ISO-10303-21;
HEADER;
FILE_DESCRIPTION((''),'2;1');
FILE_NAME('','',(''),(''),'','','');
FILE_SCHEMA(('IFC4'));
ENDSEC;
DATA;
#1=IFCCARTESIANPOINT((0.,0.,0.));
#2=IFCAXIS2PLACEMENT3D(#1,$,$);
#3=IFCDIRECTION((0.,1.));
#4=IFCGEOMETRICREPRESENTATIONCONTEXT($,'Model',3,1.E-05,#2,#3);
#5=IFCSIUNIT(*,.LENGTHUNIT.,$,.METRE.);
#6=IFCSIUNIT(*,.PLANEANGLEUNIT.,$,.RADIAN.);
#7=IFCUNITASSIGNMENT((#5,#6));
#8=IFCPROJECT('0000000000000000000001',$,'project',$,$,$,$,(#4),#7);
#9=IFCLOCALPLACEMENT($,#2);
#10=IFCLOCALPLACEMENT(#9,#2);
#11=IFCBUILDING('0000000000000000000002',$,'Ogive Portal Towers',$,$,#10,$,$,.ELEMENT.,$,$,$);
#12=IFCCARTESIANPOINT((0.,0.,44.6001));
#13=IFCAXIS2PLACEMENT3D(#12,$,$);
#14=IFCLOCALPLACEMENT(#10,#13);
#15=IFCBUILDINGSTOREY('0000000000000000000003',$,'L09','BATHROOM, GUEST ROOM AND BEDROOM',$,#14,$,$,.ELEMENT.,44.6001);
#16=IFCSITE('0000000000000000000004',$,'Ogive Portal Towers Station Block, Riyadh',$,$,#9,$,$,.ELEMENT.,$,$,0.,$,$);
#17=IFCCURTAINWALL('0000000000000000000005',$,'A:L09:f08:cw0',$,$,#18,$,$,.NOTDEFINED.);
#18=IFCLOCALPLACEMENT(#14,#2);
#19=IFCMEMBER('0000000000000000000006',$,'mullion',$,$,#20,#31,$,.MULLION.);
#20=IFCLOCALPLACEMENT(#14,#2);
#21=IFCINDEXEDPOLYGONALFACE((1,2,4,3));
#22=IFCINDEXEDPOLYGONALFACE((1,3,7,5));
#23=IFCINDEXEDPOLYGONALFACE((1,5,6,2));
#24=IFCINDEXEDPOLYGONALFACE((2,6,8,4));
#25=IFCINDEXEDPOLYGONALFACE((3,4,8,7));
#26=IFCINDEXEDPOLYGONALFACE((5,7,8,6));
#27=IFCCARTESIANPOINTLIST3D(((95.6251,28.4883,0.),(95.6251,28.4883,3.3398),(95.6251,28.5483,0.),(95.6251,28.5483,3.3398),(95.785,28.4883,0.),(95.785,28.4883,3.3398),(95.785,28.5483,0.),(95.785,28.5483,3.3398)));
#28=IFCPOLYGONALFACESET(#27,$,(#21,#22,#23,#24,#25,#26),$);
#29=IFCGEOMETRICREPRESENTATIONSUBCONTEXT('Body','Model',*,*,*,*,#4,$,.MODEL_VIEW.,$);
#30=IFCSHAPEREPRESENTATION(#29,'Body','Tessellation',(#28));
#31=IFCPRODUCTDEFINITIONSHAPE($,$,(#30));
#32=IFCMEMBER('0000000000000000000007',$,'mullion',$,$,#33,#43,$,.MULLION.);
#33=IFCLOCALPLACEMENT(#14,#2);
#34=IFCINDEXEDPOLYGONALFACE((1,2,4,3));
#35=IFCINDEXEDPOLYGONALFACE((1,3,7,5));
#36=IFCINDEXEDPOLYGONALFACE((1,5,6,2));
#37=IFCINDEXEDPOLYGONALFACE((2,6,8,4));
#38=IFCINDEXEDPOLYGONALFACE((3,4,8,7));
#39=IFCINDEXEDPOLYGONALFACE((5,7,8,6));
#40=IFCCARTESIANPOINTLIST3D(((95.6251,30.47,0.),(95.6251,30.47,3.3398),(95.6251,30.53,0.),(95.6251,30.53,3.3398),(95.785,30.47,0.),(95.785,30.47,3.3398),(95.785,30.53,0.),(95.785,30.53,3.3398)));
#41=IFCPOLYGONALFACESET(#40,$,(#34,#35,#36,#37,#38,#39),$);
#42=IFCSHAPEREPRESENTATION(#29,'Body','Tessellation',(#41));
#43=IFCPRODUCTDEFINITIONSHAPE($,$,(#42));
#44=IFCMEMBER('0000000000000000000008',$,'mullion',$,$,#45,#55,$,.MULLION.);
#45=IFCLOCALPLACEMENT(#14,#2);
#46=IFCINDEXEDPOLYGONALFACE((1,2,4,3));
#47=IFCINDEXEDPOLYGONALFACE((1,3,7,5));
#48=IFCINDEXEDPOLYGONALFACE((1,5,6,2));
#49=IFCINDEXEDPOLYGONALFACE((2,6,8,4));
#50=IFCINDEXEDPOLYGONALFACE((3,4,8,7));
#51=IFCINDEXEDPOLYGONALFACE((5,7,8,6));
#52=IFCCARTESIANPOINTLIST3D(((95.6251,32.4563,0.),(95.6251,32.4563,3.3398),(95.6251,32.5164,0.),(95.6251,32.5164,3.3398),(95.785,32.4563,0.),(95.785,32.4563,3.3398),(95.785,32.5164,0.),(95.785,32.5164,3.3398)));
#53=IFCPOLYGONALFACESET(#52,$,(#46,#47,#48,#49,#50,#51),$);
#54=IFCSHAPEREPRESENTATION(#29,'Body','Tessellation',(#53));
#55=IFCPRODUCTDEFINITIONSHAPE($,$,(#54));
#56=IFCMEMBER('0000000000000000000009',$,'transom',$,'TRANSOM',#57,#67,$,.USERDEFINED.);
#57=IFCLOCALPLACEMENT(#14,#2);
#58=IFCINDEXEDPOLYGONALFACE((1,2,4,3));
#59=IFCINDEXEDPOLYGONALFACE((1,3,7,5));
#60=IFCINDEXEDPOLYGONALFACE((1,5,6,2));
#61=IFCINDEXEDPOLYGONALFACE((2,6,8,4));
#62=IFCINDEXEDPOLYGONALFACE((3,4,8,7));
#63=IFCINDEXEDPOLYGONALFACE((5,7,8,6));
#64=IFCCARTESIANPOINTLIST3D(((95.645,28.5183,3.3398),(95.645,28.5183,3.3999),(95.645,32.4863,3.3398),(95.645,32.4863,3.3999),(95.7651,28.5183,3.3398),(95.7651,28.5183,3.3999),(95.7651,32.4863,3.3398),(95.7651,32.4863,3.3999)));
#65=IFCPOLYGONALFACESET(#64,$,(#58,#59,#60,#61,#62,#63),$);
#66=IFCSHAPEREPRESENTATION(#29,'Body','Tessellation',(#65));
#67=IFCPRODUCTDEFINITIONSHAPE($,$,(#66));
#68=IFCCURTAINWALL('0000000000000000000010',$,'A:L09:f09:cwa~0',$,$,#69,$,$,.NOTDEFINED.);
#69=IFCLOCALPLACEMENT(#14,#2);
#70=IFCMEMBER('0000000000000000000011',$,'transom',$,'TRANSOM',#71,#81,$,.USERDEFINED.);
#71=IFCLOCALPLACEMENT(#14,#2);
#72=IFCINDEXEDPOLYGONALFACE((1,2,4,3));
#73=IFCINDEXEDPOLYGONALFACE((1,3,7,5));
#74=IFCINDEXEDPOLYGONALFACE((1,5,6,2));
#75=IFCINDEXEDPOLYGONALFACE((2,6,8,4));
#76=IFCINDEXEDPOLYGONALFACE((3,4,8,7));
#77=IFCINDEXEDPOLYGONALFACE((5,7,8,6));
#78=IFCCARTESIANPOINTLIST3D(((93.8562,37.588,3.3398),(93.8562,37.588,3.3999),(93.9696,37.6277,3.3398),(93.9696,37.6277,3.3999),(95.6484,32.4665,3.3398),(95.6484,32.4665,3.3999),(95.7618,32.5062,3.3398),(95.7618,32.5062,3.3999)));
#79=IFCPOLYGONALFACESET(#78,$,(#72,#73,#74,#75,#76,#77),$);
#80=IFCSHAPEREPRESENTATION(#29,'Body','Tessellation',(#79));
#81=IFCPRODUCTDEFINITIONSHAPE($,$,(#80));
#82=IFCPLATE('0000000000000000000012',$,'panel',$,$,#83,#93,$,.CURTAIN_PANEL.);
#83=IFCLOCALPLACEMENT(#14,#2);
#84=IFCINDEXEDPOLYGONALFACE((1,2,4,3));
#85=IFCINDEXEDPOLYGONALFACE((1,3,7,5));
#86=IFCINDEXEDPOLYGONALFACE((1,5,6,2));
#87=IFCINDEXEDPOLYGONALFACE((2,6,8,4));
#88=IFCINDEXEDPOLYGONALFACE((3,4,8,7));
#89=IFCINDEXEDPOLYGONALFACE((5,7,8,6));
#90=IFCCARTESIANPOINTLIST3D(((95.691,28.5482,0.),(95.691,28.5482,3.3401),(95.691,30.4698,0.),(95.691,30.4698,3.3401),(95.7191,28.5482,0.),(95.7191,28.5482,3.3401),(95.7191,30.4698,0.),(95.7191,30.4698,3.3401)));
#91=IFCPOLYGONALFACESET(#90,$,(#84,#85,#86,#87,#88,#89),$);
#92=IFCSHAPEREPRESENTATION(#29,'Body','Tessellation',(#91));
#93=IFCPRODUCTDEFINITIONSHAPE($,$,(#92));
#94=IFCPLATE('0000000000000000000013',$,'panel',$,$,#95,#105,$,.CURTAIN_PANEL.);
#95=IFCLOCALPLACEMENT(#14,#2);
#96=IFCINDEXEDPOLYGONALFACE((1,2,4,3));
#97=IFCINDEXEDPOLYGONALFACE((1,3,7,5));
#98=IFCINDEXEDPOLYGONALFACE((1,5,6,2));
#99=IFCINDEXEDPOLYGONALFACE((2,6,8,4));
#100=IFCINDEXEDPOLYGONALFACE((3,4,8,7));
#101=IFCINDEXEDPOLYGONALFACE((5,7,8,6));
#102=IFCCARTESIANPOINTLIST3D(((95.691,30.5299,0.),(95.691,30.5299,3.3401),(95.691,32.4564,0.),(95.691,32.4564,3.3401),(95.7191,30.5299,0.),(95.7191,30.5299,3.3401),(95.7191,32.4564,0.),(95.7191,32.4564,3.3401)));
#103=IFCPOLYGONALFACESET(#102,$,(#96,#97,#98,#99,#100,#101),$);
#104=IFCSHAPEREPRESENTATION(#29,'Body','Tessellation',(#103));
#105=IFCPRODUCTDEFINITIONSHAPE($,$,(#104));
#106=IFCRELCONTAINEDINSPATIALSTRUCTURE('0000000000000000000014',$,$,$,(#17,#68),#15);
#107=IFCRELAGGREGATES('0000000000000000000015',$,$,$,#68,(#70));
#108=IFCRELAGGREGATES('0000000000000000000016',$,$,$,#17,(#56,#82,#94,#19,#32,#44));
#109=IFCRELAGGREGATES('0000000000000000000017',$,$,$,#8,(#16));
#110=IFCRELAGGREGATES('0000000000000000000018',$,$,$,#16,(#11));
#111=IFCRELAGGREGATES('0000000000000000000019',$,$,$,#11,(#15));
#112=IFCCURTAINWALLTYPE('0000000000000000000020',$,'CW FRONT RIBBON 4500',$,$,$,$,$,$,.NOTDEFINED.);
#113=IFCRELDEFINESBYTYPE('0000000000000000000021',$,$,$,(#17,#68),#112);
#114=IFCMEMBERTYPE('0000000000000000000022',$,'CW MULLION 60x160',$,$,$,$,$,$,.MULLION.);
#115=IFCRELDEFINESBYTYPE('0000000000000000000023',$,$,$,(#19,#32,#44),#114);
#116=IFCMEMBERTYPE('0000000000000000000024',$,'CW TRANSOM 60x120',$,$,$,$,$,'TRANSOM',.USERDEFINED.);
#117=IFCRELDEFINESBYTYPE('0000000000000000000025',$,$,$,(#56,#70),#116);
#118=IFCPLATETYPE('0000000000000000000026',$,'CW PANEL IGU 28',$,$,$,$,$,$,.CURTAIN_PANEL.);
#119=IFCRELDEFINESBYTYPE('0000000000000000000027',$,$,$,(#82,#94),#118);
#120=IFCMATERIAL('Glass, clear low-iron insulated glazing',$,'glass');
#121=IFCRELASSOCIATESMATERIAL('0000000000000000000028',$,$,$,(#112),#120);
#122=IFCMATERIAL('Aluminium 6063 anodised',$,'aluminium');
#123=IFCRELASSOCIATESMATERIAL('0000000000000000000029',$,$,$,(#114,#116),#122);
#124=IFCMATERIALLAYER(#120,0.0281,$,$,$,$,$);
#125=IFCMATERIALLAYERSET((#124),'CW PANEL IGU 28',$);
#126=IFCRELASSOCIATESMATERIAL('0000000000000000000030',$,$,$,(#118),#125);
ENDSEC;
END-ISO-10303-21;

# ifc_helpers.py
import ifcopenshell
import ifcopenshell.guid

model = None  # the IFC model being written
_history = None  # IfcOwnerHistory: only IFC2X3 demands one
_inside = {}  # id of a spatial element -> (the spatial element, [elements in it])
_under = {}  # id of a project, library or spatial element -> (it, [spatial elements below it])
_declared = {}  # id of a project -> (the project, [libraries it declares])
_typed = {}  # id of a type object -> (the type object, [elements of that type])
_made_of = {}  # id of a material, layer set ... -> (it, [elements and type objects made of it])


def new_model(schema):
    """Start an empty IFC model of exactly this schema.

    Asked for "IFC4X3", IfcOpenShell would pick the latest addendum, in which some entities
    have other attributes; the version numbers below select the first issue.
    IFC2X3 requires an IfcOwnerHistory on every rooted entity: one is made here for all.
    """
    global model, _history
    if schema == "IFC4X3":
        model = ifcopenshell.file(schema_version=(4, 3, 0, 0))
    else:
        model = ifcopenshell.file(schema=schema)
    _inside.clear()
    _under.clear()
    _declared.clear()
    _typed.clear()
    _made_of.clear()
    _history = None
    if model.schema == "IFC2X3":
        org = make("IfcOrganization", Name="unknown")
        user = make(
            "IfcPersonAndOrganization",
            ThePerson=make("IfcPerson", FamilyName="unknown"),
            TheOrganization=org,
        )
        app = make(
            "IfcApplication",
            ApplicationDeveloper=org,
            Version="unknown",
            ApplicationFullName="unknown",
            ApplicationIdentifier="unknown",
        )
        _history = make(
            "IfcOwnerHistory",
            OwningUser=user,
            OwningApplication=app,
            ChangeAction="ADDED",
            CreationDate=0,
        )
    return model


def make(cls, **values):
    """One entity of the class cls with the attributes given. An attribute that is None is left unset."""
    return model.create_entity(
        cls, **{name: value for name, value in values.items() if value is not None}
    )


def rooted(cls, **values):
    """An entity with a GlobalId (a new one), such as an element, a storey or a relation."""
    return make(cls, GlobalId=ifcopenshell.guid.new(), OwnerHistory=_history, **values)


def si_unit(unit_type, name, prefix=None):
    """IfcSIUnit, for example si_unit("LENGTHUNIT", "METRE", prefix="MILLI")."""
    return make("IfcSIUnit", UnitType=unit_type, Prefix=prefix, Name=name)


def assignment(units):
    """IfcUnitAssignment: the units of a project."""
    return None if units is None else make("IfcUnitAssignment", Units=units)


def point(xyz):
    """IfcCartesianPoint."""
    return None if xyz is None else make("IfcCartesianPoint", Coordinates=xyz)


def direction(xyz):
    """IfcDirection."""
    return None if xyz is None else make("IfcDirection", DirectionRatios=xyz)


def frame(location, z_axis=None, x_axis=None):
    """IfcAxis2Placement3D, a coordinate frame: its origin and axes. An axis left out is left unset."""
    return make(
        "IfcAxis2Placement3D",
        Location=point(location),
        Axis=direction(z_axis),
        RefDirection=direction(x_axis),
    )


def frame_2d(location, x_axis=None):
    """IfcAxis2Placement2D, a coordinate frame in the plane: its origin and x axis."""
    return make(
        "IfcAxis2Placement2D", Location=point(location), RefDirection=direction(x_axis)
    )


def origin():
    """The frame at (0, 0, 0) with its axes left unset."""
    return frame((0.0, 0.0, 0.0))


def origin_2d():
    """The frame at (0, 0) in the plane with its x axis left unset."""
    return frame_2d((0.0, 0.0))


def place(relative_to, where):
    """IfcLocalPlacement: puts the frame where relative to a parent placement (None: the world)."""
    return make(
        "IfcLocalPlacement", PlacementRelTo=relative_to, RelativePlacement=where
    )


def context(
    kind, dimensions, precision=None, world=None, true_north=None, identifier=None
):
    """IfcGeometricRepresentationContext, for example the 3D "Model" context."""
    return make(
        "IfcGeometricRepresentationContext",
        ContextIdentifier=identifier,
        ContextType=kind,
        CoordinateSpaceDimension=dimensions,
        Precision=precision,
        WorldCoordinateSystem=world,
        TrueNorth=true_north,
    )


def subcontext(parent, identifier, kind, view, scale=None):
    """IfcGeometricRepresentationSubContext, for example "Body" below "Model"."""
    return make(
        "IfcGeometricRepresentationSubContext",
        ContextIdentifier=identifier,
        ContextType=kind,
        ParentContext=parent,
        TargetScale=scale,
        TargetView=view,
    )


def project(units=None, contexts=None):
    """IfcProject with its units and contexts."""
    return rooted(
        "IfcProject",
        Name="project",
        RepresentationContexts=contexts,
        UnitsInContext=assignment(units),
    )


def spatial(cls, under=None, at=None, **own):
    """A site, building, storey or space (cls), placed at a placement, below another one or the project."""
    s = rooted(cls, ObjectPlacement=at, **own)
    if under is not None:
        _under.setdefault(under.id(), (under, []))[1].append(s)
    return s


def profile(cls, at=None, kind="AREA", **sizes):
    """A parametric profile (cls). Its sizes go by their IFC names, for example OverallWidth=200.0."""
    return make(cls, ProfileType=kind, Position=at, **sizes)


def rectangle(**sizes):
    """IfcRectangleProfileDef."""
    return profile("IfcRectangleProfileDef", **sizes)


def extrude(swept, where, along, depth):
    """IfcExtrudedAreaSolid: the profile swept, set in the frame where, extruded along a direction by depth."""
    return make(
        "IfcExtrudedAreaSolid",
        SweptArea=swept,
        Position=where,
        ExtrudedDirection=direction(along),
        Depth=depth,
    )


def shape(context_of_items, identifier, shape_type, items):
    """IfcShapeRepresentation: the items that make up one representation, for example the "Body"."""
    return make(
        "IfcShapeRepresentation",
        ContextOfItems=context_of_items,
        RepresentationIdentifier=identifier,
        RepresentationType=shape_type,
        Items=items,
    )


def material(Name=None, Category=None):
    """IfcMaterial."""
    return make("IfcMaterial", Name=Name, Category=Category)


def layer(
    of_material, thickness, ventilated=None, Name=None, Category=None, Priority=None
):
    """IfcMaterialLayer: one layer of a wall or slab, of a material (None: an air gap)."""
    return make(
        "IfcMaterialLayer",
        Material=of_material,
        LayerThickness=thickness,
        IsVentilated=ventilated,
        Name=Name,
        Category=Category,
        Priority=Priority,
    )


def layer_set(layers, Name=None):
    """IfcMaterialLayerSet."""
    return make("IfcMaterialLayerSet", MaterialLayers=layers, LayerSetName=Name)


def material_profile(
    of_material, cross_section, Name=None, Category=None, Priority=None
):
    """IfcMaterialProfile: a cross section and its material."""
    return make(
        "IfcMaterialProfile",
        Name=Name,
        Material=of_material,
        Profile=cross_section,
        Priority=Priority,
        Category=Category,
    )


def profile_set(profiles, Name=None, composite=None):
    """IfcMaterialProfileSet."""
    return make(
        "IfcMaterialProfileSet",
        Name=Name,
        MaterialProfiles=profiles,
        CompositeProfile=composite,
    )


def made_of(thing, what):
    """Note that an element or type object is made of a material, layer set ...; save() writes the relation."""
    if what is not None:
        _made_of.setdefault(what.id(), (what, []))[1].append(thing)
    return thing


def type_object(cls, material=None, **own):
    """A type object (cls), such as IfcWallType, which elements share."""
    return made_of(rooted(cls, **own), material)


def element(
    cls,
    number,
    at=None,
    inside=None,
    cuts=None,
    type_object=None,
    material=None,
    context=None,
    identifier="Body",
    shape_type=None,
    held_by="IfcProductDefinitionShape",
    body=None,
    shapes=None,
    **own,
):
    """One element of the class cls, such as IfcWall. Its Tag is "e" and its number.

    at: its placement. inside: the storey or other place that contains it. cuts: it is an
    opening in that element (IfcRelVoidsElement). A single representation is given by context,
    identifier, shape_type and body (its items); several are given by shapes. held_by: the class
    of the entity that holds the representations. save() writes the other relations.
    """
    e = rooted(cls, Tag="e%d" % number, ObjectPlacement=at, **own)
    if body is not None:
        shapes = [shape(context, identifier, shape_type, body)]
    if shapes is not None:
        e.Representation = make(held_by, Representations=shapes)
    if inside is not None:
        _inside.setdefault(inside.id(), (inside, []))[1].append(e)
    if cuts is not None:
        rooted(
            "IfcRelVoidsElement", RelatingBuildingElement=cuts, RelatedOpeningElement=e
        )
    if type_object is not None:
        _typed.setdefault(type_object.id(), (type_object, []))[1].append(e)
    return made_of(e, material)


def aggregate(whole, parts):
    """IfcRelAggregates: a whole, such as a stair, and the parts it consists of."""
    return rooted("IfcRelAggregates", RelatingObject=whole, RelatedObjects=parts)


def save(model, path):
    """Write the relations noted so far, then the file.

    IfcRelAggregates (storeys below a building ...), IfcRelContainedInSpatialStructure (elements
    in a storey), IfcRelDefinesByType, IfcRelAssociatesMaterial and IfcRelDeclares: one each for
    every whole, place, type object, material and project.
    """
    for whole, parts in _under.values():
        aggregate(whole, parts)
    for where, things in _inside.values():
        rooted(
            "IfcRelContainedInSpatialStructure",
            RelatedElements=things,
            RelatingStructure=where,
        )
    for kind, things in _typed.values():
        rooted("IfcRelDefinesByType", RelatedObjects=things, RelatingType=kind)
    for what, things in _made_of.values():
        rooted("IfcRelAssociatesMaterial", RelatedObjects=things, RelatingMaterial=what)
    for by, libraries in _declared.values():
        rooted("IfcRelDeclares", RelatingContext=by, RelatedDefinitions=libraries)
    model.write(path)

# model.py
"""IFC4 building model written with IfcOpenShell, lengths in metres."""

from ifc_helpers import new_model, si_unit, direction, frame, origin, origin_2d, place, context, subcontext, project, spatial, rectangle, extrude, material, layer, layer_set, material_profile, profile_set, type_object, element, aggregate, save


model = new_model("IFC4")

# Units and contexts
model_context = context("Model", 3, precision=1e-05, world=origin(), true_north=direction((0.0, 1.0)))
body_context = subcontext(model_context, "Body", "Model", "MODEL_VIEW")
ifc_project = project(units=[si_unit("LENGTHUNIT", "METRE"), si_unit("PLANEANGLEUNIT", "RADIAN")], contexts=[model_context])

# Site, building, storey
site_placement = place(None, origin())
site = spatial("IfcSite", under=ifc_project, at=site_placement, Name="Ogive Portal Towers Station Block, Riyadh", CompositionType="ELEMENT", RefElevation=0.0)
building_placement = place(site_placement, origin())
building = spatial("IfcBuilding", under=site, at=building_placement, Name="Ogive Portal Towers", CompositionType="ELEMENT")
storey_placement = place(building_placement, frame((0.0, 0.0, 44.6001)))
storey = spatial("IfcBuildingStorey", under=building, at=storey_placement, Name="L09", Description="BATHROOM, GUEST ROOM AND BEDROOM", CompositionType="ELEMENT", Elevation=44.6001)

# Curtain wall, members
ifc_material_1 = material(Name="Glass, clear low-iron insulated glazing", Category="glass")
curtain_wall_type = type_object("IfcCurtainWallType", Name="CW FRONT RIBBON 4500", PredefinedType="NOTDEFINED", material=ifc_material_1)
curtain_wall_1_placement = place(storey_placement, origin())
curtain_wall_1 = element("IfcCurtainWall", 1, at=curtain_wall_1_placement, inside=storey, type_object=curtain_wall_type, Name="A:L09:f08:cw0", PredefinedType="NOTDEFINED")
ifc_material_2 = material(Name="Aluminium 6063 anodised", Category="aluminium")
ifc_material_profile_1 = material_profile(ifc_material_2, rectangle(XDim=0.1599, YDim=0.0601, at=origin_2d()), Name="AL 60x160")
ifc_profile_set_1 = profile_set([ifc_material_profile_1], Name="Aluminium 6063 anodised")
member_type_1 = type_object("IfcMemberType", Name="CW MULLION 60x160", PredefinedType="MULLION", material=ifc_profile_set_1)
member_1_placement = place(storey_placement, frame((95.7051, 28.5183, 0.0), z_axis=(0.0, 0.0, 1.0), x_axis=(-1.0, 0.0, 0.0)))
member_1 = element("IfcMember", 2, at=member_1_placement, type_object=member_type_1, Name="mullion", PredefinedType="MULLION", context=body_context, shape_type="SweptSolid", body=[
    extrude(rectangle(XDim=0.1599, YDim=0.0601, at=origin_2d()), origin(), (0.0, 0.0, 1.0), 3.3398),
])
member_2_placement = place(storey_placement, frame((95.7051, 30.5, 0.0), z_axis=(0.0, 0.0, 1.0), x_axis=(-1.0, 0.0, 0.0)))
member_2 = element("IfcMember", 3, at=member_2_placement, type_object=member_type_1, Name="mullion", PredefinedType="MULLION", context=body_context, shape_type="SweptSolid", body=[
    extrude(rectangle(XDim=0.1599, YDim=0.0601, at=origin_2d()), origin(), (0.0, 0.0, 1.0), 3.3398),
])
member_3_placement = place(storey_placement, frame((95.7051, 32.4863, 0.0), z_axis=(0.0, 0.0, 1.0), x_axis=(-1.0, 0.0, 0.0)))
member_3 = element("IfcMember", 4, at=member_3_placement, type_object=member_type_1, Name="mullion", PredefinedType="MULLION", context=body_context, shape_type="SweptSolid", body=[
    extrude(rectangle(XDim=0.1599, YDim=0.0601, at=origin_2d()), origin(), (0.0, 0.0, 1.0), 3.3398),
])
ifc_material_profile_2 = material_profile(ifc_material_2, rectangle(XDim=0.1201, YDim=0.0601, at=origin_2d()), Name="AL 120x60")
ifc_profile_set_2 = profile_set([ifc_material_profile_2], Name="Aluminium 6063 anodised")
member_type_2 = type_object("IfcMemberType", Name="CW TRANSOM 60x120", ElementType="TRANSOM", PredefinedType="USERDEFINED", material=ifc_profile_set_2)
member_4_placement = place(storey_placement, frame((95.7051, 28.5183, 3.3699), z_axis=(0.0, 1.0, 0.0), x_axis=(-1.0, 0.0, 0.0)))
member_4 = element("IfcMember", 5, at=member_4_placement, type_object=member_type_2, Name="transom", ObjectType="TRANSOM", PredefinedType="USERDEFINED", context=body_context, shape_type="SweptSolid", body=[
    extrude(rectangle(XDim=0.1201, YDim=0.0601, at=origin_2d()), origin(), (0.0, 0.0, 1.0), 3.968),
])

# Curtain wall, member
curtain_wall_2_placement = place(storey_placement, origin())
curtain_wall_2 = element("IfcCurtainWall", 6, at=curtain_wall_2_placement, inside=storey, type_object=curtain_wall_type, Name="A:L09:f09:cwa~0", PredefinedType="NOTDEFINED")
member_5_placement = place(storey_placement, frame((95.7051, 32.4863, 3.3699), z_axis=(-0.330298, 0.943877, 0.0), x_axis=(-0.943877, -0.330298, 0.0)))
member_5 = element("IfcMember", 7, at=member_5_placement, type_object=member_type_2, Name="transom", ObjectType="TRANSOM", PredefinedType="USERDEFINED", context=body_context, shape_type="SweptSolid", body=[
    extrude(rectangle(XDim=0.1201, YDim=0.0601, at=origin_2d()), origin(), (0.0, 0.0, 1.0), 5.426),
])
aggregate(curtain_wall_2, [member_5])

# Plates
ifc_layer_1 = layer(ifc_material_1, 0.0281)
ifc_layer_set_1 = layer_set([ifc_layer_1], Name="CW PANEL IGU 28")
plate_type = type_object("IfcPlateType", Name="CW PANEL IGU 28", PredefinedType="CURTAIN_PANEL", material=ifc_layer_set_1)
plate_1_placement = place(storey_placement, frame((95.7051, 29.509, 0.0), z_axis=(0.0, 0.0, 1.0), x_axis=(0.0, 1.0, 0.0)))
plate_1 = element("IfcPlate", 8, at=plate_1_placement, type_object=plate_type, Name="panel", PredefinedType="CURTAIN_PANEL", context=body_context, shape_type="SweptSolid", body=[
    extrude(rectangle(XDim=1.9216, YDim=0.0281, at=origin_2d()), origin(), (0.0, 0.0, 1.0), 3.3401),
])
plate_2_placement = place(storey_placement, frame((95.7051, 31.4932, 0.0), z_axis=(0.0, 0.0, 1.0), x_axis=(0.0, 1.0, 0.0)))
plate_2 = element("IfcPlate", 9, at=plate_2_placement, type_object=plate_type, Name="panel", PredefinedType="CURTAIN_PANEL", context=body_context, shape_type="SweptSolid", body=[
    extrude(rectangle(XDim=1.9265, YDim=0.0281, at=origin_2d()), origin(), (0.0, 0.0, 1.0), 3.3401),
])
aggregate(curtain_wall_1, [member_4, plate_1, plate_2, member_1, member_2, member_3])

save(model, "model.ifc")
